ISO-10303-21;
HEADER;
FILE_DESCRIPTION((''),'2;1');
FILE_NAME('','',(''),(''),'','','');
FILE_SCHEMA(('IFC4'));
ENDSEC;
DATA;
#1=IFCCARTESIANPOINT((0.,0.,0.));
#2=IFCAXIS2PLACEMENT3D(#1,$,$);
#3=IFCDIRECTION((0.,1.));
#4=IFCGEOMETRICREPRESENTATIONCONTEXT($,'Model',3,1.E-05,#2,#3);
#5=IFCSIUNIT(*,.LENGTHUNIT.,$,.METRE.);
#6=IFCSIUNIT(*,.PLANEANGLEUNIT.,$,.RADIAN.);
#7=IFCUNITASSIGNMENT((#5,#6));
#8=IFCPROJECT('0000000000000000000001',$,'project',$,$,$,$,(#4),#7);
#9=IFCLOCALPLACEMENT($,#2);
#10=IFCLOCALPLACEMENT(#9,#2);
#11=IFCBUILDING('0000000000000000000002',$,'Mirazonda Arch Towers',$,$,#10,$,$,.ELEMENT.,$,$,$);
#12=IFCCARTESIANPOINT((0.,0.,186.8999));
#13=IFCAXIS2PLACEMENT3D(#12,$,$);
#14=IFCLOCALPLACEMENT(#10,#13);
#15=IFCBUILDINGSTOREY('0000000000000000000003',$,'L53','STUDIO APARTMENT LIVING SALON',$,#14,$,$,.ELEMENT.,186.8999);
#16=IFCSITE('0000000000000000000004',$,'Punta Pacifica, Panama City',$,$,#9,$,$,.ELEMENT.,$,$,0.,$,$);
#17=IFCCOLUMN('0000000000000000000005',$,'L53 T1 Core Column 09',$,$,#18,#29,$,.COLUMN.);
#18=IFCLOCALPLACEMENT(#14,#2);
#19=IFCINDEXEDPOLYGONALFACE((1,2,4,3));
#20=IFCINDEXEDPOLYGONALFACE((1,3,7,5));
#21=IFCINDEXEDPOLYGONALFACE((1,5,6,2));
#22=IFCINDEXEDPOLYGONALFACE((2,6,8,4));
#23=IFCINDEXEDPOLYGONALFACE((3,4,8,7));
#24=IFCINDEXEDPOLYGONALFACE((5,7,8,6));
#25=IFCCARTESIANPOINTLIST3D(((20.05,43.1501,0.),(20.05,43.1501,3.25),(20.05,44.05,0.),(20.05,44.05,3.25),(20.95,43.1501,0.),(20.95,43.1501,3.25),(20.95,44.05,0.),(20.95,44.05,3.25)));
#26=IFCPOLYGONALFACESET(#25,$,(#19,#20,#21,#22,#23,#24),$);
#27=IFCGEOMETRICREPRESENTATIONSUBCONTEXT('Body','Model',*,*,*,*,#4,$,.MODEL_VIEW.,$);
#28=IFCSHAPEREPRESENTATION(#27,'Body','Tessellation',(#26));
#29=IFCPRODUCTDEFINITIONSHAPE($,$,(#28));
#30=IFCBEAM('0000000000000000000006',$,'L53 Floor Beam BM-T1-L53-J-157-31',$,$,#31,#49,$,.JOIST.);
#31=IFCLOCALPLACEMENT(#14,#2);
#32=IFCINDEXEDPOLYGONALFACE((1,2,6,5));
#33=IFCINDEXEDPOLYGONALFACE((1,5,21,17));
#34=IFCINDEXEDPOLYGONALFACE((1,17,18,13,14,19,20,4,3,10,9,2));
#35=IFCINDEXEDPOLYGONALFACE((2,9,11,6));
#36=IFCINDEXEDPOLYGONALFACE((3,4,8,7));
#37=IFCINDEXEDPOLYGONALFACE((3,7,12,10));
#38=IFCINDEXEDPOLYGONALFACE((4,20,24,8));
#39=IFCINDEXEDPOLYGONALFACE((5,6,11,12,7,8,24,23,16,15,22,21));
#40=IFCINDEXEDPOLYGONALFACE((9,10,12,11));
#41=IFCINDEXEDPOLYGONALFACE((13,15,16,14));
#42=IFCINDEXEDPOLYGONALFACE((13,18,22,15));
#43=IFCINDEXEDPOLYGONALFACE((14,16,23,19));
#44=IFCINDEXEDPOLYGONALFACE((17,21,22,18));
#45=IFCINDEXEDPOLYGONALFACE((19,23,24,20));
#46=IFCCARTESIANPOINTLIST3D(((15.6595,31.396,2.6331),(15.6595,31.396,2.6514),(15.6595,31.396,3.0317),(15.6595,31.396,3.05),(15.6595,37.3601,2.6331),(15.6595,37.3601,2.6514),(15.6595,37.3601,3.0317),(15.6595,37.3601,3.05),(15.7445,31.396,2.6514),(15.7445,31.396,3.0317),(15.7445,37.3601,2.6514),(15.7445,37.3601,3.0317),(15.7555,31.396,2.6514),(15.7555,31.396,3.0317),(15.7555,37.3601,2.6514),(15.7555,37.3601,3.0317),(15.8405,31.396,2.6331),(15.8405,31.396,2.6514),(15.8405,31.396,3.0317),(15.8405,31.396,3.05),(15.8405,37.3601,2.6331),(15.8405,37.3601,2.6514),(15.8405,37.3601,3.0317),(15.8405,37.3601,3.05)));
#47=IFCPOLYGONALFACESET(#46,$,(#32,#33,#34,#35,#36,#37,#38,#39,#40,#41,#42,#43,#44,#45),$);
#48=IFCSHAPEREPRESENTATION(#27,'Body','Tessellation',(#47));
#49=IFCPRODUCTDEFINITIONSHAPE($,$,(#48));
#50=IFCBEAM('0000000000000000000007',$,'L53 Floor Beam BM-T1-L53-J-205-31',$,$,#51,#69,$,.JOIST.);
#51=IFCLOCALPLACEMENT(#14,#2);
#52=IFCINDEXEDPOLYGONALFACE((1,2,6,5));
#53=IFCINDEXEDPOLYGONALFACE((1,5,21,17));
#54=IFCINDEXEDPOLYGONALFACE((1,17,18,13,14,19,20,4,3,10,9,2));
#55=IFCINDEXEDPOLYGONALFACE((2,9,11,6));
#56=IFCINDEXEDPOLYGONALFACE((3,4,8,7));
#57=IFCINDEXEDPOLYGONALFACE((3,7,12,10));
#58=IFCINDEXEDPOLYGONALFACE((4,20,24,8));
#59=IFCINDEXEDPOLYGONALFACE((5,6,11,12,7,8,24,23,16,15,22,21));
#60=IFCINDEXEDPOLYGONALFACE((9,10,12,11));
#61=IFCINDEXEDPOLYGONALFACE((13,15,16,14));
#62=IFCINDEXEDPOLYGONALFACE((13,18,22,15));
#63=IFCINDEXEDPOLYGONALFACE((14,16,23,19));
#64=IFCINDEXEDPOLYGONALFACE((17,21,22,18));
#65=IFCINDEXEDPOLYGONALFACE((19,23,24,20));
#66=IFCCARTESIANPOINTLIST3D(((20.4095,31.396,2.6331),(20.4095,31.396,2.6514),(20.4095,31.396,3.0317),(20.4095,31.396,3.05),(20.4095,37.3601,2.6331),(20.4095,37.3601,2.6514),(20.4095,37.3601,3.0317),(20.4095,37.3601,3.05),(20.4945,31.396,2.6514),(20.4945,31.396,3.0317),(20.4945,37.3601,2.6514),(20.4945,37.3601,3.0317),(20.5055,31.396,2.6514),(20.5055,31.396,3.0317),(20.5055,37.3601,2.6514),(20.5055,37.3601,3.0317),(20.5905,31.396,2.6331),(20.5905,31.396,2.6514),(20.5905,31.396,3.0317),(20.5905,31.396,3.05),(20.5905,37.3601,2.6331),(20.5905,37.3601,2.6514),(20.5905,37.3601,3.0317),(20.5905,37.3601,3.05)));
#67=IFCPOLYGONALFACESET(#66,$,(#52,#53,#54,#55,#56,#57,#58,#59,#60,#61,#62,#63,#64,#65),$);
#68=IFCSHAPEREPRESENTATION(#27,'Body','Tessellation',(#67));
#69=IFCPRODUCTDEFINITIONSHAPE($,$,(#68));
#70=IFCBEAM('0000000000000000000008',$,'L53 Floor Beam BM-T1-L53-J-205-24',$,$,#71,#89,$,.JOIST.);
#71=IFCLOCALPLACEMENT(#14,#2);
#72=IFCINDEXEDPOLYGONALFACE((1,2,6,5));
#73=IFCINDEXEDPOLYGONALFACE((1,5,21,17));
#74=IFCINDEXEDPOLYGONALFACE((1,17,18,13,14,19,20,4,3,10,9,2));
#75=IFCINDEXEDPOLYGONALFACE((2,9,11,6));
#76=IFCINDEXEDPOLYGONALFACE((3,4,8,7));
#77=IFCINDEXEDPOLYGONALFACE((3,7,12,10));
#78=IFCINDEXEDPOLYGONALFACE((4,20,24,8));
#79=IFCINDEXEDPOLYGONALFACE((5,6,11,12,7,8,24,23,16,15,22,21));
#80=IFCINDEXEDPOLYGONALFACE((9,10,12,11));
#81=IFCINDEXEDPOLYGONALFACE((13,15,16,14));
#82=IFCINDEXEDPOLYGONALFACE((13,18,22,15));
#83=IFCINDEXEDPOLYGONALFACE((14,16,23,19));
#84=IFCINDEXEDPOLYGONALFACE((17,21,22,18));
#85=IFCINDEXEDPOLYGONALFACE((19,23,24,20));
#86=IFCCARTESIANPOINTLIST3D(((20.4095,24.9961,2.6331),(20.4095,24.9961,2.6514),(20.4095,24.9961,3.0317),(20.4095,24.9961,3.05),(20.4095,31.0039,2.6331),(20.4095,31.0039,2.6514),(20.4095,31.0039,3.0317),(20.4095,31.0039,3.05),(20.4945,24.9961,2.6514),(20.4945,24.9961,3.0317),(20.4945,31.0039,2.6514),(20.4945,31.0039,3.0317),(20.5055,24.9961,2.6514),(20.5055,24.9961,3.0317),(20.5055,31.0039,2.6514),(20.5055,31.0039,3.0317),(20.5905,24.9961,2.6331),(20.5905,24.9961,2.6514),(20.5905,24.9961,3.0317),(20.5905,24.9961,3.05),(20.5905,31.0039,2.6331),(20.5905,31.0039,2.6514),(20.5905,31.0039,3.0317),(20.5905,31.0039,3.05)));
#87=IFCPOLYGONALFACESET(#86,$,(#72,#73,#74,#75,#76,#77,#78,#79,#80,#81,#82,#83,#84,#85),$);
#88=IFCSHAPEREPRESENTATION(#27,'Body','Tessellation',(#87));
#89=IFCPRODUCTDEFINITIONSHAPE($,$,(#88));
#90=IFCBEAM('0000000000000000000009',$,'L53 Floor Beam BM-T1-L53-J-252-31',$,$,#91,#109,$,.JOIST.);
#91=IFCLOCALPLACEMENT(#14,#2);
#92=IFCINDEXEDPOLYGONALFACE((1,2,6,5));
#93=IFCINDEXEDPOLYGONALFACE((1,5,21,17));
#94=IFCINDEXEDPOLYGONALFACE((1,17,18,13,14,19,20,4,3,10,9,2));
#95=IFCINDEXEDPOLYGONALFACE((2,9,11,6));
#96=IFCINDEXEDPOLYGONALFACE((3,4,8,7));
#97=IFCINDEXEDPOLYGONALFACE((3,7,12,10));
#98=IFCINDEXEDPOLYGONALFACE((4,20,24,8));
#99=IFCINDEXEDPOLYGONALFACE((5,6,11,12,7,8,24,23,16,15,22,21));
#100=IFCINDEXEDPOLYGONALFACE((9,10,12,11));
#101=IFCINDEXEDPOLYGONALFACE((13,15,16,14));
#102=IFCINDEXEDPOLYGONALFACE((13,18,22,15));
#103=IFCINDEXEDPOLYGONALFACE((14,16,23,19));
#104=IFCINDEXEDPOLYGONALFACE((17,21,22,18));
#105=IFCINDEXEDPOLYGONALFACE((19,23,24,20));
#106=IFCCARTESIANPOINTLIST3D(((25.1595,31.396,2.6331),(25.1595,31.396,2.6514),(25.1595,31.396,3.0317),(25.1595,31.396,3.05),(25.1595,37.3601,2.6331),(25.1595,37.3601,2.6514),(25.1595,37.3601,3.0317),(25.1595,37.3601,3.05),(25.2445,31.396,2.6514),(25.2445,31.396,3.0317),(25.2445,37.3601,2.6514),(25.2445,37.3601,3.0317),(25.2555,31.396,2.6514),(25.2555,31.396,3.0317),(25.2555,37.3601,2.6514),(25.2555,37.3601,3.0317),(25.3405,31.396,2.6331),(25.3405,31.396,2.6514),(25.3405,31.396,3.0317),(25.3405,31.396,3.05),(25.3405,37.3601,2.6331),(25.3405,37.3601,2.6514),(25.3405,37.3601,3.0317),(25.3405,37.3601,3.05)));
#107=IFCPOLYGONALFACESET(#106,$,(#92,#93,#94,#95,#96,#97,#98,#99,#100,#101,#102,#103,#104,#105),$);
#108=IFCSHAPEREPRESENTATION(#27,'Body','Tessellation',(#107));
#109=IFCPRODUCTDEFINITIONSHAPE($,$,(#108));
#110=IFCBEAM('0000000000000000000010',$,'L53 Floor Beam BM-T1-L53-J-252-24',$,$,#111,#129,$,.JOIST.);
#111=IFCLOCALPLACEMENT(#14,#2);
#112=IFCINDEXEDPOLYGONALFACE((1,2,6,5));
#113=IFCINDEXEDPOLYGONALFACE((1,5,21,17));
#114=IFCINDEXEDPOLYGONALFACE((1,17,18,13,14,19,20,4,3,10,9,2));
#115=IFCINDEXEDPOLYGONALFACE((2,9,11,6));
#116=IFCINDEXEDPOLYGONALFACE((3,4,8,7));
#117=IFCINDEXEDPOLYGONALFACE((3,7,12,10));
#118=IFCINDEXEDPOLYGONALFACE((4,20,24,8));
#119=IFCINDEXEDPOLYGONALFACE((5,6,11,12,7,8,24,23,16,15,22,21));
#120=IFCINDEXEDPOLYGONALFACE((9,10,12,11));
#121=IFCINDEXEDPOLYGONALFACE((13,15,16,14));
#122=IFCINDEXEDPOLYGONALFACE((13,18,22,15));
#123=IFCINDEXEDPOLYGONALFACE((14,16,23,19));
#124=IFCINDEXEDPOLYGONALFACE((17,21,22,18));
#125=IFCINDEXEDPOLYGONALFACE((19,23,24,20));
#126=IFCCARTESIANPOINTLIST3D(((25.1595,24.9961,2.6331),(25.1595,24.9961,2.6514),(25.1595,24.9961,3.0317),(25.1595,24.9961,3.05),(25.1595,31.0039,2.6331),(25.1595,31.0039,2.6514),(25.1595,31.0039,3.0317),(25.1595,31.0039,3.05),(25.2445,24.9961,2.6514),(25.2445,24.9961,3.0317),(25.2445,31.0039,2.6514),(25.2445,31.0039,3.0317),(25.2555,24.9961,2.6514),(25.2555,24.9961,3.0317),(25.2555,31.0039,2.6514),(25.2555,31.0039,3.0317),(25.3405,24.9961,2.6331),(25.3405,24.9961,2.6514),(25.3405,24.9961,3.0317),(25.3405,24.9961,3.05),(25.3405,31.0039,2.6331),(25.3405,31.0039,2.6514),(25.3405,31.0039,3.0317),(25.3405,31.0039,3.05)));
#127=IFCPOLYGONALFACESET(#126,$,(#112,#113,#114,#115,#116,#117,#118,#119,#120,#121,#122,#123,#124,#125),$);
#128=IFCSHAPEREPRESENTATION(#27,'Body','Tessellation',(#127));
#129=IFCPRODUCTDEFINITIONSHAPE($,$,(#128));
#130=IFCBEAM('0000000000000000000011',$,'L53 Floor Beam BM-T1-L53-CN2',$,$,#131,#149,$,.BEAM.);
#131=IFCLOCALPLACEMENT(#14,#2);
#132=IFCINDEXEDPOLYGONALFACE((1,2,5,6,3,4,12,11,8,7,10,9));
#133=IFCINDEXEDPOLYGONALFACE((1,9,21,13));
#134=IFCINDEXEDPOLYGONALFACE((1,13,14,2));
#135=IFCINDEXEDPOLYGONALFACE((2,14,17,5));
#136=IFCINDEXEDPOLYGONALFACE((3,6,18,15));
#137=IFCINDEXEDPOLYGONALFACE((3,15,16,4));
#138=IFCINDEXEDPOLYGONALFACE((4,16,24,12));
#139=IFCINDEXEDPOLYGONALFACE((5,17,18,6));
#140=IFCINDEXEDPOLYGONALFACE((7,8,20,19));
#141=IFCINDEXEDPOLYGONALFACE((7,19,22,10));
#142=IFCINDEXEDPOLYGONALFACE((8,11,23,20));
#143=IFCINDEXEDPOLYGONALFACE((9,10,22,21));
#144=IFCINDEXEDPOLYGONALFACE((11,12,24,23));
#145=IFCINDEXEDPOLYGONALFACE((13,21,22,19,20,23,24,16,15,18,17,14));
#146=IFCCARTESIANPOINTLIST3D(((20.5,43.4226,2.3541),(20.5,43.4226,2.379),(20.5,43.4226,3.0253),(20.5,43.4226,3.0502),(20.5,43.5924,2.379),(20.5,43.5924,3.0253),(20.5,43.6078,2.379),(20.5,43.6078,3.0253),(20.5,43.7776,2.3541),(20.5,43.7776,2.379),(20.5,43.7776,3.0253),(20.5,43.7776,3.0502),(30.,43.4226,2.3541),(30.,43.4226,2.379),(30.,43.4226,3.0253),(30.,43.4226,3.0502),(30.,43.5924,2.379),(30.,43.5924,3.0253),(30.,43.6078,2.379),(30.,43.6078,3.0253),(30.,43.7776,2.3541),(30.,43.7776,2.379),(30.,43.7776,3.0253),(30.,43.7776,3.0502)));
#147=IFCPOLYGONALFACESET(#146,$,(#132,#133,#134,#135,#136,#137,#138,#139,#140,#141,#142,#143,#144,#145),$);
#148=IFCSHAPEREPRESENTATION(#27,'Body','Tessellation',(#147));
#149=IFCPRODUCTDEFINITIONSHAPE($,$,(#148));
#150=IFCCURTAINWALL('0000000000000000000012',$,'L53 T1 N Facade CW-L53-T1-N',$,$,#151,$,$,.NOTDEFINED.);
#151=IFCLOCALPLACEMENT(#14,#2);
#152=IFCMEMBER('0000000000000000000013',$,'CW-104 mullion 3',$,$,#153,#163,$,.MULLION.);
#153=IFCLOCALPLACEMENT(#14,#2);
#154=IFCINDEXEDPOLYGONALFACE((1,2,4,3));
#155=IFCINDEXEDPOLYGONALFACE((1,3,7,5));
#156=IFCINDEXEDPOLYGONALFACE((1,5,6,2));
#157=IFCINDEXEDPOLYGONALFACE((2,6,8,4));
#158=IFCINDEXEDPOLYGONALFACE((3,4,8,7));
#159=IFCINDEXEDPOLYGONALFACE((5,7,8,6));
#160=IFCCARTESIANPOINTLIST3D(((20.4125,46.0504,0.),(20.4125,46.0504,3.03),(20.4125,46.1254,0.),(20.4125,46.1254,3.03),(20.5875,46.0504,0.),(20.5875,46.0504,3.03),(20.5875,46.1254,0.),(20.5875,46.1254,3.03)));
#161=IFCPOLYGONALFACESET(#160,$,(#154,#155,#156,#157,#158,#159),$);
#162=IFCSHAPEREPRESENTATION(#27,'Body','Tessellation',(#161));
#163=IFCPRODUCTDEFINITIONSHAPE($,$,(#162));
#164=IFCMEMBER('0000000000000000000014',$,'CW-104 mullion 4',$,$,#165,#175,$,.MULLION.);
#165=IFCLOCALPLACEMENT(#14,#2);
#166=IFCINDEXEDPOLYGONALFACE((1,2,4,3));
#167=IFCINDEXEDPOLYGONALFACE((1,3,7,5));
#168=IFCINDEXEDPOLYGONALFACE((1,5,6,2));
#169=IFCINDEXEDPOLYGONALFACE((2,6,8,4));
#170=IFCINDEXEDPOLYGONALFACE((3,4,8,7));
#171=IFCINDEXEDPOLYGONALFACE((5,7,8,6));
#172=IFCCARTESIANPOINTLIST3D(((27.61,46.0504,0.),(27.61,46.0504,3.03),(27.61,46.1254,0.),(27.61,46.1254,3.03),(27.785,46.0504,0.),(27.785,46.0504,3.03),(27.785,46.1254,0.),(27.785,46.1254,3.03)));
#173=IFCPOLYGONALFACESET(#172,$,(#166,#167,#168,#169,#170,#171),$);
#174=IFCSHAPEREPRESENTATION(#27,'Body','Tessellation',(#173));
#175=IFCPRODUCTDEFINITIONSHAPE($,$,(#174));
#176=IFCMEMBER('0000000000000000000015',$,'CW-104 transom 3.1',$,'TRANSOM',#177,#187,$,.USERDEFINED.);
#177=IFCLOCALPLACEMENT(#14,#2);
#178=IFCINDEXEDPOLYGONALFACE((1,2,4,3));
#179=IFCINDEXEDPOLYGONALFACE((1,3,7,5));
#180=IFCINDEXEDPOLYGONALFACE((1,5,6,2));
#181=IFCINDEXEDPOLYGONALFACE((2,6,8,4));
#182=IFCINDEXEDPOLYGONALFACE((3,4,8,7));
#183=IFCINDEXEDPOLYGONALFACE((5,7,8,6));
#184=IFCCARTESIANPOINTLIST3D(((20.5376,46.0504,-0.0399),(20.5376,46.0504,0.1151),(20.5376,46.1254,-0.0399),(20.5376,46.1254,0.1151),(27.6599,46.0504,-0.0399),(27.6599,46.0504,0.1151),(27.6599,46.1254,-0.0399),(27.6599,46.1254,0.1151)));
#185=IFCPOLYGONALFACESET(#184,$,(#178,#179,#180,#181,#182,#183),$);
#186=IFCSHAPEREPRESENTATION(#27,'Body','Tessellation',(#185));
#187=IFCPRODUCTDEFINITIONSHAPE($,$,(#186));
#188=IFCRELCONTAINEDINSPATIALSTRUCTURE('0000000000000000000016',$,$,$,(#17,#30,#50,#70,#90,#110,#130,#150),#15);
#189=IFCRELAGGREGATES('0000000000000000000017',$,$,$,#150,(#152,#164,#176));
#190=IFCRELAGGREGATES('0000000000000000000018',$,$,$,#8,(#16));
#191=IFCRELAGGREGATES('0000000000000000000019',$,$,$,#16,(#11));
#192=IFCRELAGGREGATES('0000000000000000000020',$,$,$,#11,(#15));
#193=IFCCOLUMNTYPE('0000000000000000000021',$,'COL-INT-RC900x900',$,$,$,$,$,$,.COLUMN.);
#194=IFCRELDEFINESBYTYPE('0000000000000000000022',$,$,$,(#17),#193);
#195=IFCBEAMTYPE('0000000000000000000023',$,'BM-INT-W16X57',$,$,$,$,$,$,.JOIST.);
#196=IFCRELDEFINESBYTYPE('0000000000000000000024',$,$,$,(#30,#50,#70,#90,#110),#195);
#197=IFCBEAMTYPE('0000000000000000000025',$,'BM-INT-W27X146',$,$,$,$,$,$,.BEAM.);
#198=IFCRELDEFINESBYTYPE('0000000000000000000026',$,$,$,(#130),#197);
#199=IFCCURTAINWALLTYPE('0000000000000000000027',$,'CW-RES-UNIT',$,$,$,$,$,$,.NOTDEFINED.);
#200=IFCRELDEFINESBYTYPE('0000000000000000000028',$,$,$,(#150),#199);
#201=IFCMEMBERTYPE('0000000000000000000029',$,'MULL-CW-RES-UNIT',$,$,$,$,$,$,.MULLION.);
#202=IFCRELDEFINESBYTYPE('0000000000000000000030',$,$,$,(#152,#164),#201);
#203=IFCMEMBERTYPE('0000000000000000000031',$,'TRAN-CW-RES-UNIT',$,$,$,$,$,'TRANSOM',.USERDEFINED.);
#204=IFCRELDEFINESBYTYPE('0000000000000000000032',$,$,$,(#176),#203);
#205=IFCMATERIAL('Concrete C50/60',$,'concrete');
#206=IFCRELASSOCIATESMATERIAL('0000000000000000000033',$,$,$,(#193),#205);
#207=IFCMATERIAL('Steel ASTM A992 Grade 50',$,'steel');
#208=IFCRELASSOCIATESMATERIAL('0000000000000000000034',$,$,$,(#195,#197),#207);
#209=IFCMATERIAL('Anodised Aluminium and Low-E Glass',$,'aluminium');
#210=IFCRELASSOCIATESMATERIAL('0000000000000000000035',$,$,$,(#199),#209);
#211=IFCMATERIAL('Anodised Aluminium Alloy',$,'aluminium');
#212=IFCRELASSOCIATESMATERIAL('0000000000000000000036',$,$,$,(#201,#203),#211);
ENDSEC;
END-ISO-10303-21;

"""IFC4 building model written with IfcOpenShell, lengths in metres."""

from ifc_helpers import new_model, si_unit, direction, frame, origin, origin_2d, place, context, subcontext, project, spatial, rectangle, i_section, extrude, material, material_profile, profile_set, type_object, element, aggregate, save


model = new_model("IFC4")

# Units and contexts
model_context = context("Model", 3, precision=1e-05, world=origin(), true_north=direction((0.0, 1.0)))
body_context = subcontext(model_context, "Body", "Model", "MODEL_VIEW")
ifc_project = project(units=[si_unit("LENGTHUNIT", "METRE"), si_unit("PLANEANGLEUNIT", "RADIAN")], contexts=[model_context])

# Site, building, storey
site_placement = place(None, origin())
site = spatial("IfcSite", under=ifc_project, at=site_placement, Name="Punta Pacifica, Panama City", CompositionType="ELEMENT", RefElevation=0.0)
building_placement = place(site_placement, origin())
building = spatial("IfcBuilding", under=site, at=building_placement, Name="Mirazonda Arch Towers", CompositionType="ELEMENT")
storey_placement = place(building_placement, frame((0.0, 0.0, 186.8999)))
storey = spatial("IfcBuildingStorey", under=building, at=storey_placement, Name="L53", Description="STUDIO APARTMENT LIVING SALON", CompositionType="ELEMENT", Elevation=186.8999)

# Column
ifc_material_1 = material(Name="Concrete C50/60", Category="concrete")
ifc_material_profile_1 = material_profile(ifc_material_1, rectangle(XDim=0.8999, YDim=0.8999, at=origin_2d()), Name="RC900x900")
ifc_profile_set_1 = profile_set([ifc_material_profile_1], Name="Concrete C50/60")
column_type = type_object("IfcColumnType", Name="COL-INT-RC900x900", PredefinedType="COLUMN", material=ifc_profile_set_1)
column_placement = place(storey_placement, frame((20.5, 43.6001, 0.0), z_axis=(0.0, 0.0, 1.0), x_axis=(1.0, 0.0, 0.0)))
element("IfcColumn", 1, at=column_placement, inside=storey, type_object=column_type, Name="L53 T1 Core Column 09", PredefinedType="COLUMN", context=body_context, shape_type="SweptSolid", body=[
    extrude(rectangle(XDim=0.8999, YDim=0.8999, at=origin_2d()), origin(), (0.0, 0.0, 1.0), 3.25),
])

# Beams
ifc_material_2 = material(Name="Steel ASTM A992 Grade 50", Category="steel")
ifc_material_profile_2 = material_profile(ifc_material_2, i_section(OverallWidth=0.1809, OverallDepth=0.417, WebThickness=0.011, FlangeThickness=0.0183, at=origin_2d()), Name="W16X57")
ifc_profile_set_2 = profile_set([ifc_material_profile_2], Name="Steel ASTM A992 Grade 50")
beam_type_1 = type_object("IfcBeamType", Name="BM-INT-W16X57", PredefinedType="JOIST", material=ifc_profile_set_2)
for number, where, z_axis, x_axis, name in (
    (2, (15.75, 31.396, 2.8416), (0.0, 1.0, 0.0), (-1.0, 0.0, 0.0), "L53 Floor Beam BM-T1-L53-J-157-31"),
    (3, (20.5, 31.396, 2.8416), (0.0, 1.0, 0.0), (-1.0, 0.0, 0.0), "L53 Floor Beam BM-T1-L53-J-205-31"),
):
    element("IfcBeam", number, at=place(storey_placement, frame(where, z_axis=z_axis, x_axis=x_axis)), inside=storey, type_object=beam_type_1, Name=name, PredefinedType="JOIST", context=body_context, shape_type="SweptSolid", body=[
        extrude(i_section(OverallWidth=0.1809, OverallDepth=0.417, WebThickness=0.011, FlangeThickness=0.0183, at=origin_2d()), origin(), (0.0, 0.0, 1.0), 5.9641),
    ])
beam_1_placement = place(storey_placement, frame((20.5, 24.9961, 2.8416), z_axis=(0.0, 1.0, 0.0), x_axis=(-1.0, 0.0, 0.0)))
element("IfcBeam", 4, at=beam_1_placement, inside=storey, type_object=beam_type_1, Name="L53 Floor Beam BM-T1-L53-J-205-24", PredefinedType="JOIST", context=body_context, shape_type="SweptSolid", body=[
    extrude(i_section(OverallWidth=0.1809, OverallDepth=0.417, WebThickness=0.011, FlangeThickness=0.0183, at=origin_2d()), origin(), (0.0, 0.0, 1.0), 6.0078),
])
beam_2_placement = place(storey_placement, frame((25.25, 31.396, 2.8416), z_axis=(0.0, 1.0, 0.0), x_axis=(-1.0, 0.0, 0.0)))
element("IfcBeam", 5, at=beam_2_placement, inside=storey, type_object=beam_type_1, Name="L53 Floor Beam BM-T1-L53-J-252-31", PredefinedType="JOIST", context=body_context, shape_type="SweptSolid", body=[
    extrude(i_section(OverallWidth=0.1809, OverallDepth=0.417, WebThickness=0.011, FlangeThickness=0.0183, at=origin_2d()), origin(), (0.0, 0.0, 1.0), 5.9641),
])
beam_3_placement = place(storey_placement, frame((25.25, 24.9961, 2.8416), z_axis=(0.0, 1.0, 0.0), x_axis=(-1.0, 0.0, 0.0)))
element("IfcBeam", 6, at=beam_3_placement, inside=storey, type_object=beam_type_1, Name="L53 Floor Beam BM-T1-L53-J-252-24", PredefinedType="JOIST", context=body_context, shape_type="SweptSolid", body=[
    extrude(i_section(OverallWidth=0.1809, OverallDepth=0.417, WebThickness=0.011, FlangeThickness=0.0183, at=origin_2d()), origin(), (0.0, 0.0, 1.0), 6.0078),
])
ifc_material_profile_3 = material_profile(ifc_material_2, i_section(OverallWidth=0.355, OverallDepth=0.696, WebThickness=0.0154, FlangeThickness=0.0249, at=origin_2d()), Name="W27X146")
ifc_profile_set_3 = profile_set([ifc_material_profile_3], Name="Steel ASTM A992 Grade 50")
beam_type_2 = type_object("IfcBeamType", Name="BM-INT-W27X146", PredefinedType="BEAM", material=ifc_profile_set_3)
beam_4_placement = place(storey_placement, frame((20.5, 43.6001, 2.7021), z_axis=(1.0, 0.0, 0.0), x_axis=(0.0, 1.0, 0.0)))
element("IfcBeam", 7, at=beam_4_placement, inside=storey, type_object=beam_type_2, Name="L53 Floor Beam BM-T1-L53-CN2", PredefinedType="BEAM", context=body_context, shape_type="SweptSolid", body=[
    extrude(i_section(OverallWidth=0.355, OverallDepth=0.696, WebThickness=0.0154, FlangeThickness=0.0249, at=origin_2d()), origin(), (0.0, 0.0, 1.0), 9.5),
])

# Curtain wall, members
ifc_material_3 = material(Name="Anodised Aluminium and Low-E Glass", Category="aluminium")
curtain_wall_type = type_object("IfcCurtainWallType", Name="CW-RES-UNIT", PredefinedType="NOTDEFINED", material=ifc_material_3)
curtain_wall_placement = place(storey_placement, origin())
curtain_wall = element("IfcCurtainWall", 8, at=curtain_wall_placement, inside=storey, type_object=curtain_wall_type, Name="L53 T1 N Facade CW-L53-T1-N", PredefinedType="NOTDEFINED")
ifc_material_4 = material(Name="Anodised Aluminium Alloy", Category="aluminium")
ifc_material_profile_4 = material_profile(ifc_material_4, rectangle(XDim=0.075, YDim=0.175, at=origin_2d()), Name="ALU-MULL-75x175")
ifc_profile_set_4 = profile_set([ifc_material_profile_4], Name="Anodised Aluminium Alloy")
member_type_1 = type_object("IfcMemberType", Name="MULL-CW-RES-UNIT", PredefinedType="MULLION", material=ifc_profile_set_4)
member_1_placement = place(storey_placement, frame((20.5, 46.0879, 0.0), z_axis=(0.0, 0.0, 1.0), x_axis=(0.0, 1.0, 0.0)))
member_1 = element("IfcMember", 9, at=member_1_placement, type_object=member_type_1, Name="CW-104 mullion 3", PredefinedType="MULLION", context=body_context, shape_type="SweptSolid", body=[
    extrude(rectangle(XDim=0.075, YDim=0.175, at=origin_2d()), origin(), (0.0, 0.0, 1.0), 3.03),
])
member_2_placement = place(storey_placement, frame((27.6975, 46.0879, 0.0), z_axis=(0.0, 0.0, 1.0), x_axis=(0.0, 1.0, 0.0)))
member_2 = element("IfcMember", 10, at=member_2_placement, type_object=member_type_1, Name="CW-104 mullion 4", PredefinedType="MULLION", context=body_context, shape_type="SweptSolid", body=[
    extrude(rectangle(XDim=0.075, YDim=0.175, at=origin_2d()), origin(), (0.0, 0.0, 1.0), 3.03),
])
ifc_material_profile_5 = material_profile(ifc_material_4, rectangle(XDim=0.075, YDim=0.155, at=origin_2d()), Name="ALU-TRAN-75x155")
ifc_profile_set_5 = profile_set([ifc_material_profile_5], Name="Anodised Aluminium Alloy")
member_type_2 = type_object("IfcMemberType", Name="TRAN-CW-RES-UNIT", ElementType="TRANSOM", PredefinedType="USERDEFINED", material=ifc_profile_set_5)
member_3_placement = place(storey_placement, frame((20.5376, 46.0879, 0.0376), z_axis=(1.0, 0.0, 0.0), x_axis=(0.0, 1.0, 0.0)))
member_3 = element("IfcMember", 11, at=member_3_placement, type_object=member_type_2, Name="CW-104 transom 3.1", ObjectType="TRANSOM", PredefinedType="USERDEFINED", context=body_context, shape_type="SweptSolid", body=[
    extrude(rectangle(XDim=0.075, YDim=0.155, at=origin_2d()), origin(), (0.0, 0.0, 1.0), 7.1223),
])
aggregate(curtain_wall, [member_1, member_2, member_3])

save(model, "model.ifc")
